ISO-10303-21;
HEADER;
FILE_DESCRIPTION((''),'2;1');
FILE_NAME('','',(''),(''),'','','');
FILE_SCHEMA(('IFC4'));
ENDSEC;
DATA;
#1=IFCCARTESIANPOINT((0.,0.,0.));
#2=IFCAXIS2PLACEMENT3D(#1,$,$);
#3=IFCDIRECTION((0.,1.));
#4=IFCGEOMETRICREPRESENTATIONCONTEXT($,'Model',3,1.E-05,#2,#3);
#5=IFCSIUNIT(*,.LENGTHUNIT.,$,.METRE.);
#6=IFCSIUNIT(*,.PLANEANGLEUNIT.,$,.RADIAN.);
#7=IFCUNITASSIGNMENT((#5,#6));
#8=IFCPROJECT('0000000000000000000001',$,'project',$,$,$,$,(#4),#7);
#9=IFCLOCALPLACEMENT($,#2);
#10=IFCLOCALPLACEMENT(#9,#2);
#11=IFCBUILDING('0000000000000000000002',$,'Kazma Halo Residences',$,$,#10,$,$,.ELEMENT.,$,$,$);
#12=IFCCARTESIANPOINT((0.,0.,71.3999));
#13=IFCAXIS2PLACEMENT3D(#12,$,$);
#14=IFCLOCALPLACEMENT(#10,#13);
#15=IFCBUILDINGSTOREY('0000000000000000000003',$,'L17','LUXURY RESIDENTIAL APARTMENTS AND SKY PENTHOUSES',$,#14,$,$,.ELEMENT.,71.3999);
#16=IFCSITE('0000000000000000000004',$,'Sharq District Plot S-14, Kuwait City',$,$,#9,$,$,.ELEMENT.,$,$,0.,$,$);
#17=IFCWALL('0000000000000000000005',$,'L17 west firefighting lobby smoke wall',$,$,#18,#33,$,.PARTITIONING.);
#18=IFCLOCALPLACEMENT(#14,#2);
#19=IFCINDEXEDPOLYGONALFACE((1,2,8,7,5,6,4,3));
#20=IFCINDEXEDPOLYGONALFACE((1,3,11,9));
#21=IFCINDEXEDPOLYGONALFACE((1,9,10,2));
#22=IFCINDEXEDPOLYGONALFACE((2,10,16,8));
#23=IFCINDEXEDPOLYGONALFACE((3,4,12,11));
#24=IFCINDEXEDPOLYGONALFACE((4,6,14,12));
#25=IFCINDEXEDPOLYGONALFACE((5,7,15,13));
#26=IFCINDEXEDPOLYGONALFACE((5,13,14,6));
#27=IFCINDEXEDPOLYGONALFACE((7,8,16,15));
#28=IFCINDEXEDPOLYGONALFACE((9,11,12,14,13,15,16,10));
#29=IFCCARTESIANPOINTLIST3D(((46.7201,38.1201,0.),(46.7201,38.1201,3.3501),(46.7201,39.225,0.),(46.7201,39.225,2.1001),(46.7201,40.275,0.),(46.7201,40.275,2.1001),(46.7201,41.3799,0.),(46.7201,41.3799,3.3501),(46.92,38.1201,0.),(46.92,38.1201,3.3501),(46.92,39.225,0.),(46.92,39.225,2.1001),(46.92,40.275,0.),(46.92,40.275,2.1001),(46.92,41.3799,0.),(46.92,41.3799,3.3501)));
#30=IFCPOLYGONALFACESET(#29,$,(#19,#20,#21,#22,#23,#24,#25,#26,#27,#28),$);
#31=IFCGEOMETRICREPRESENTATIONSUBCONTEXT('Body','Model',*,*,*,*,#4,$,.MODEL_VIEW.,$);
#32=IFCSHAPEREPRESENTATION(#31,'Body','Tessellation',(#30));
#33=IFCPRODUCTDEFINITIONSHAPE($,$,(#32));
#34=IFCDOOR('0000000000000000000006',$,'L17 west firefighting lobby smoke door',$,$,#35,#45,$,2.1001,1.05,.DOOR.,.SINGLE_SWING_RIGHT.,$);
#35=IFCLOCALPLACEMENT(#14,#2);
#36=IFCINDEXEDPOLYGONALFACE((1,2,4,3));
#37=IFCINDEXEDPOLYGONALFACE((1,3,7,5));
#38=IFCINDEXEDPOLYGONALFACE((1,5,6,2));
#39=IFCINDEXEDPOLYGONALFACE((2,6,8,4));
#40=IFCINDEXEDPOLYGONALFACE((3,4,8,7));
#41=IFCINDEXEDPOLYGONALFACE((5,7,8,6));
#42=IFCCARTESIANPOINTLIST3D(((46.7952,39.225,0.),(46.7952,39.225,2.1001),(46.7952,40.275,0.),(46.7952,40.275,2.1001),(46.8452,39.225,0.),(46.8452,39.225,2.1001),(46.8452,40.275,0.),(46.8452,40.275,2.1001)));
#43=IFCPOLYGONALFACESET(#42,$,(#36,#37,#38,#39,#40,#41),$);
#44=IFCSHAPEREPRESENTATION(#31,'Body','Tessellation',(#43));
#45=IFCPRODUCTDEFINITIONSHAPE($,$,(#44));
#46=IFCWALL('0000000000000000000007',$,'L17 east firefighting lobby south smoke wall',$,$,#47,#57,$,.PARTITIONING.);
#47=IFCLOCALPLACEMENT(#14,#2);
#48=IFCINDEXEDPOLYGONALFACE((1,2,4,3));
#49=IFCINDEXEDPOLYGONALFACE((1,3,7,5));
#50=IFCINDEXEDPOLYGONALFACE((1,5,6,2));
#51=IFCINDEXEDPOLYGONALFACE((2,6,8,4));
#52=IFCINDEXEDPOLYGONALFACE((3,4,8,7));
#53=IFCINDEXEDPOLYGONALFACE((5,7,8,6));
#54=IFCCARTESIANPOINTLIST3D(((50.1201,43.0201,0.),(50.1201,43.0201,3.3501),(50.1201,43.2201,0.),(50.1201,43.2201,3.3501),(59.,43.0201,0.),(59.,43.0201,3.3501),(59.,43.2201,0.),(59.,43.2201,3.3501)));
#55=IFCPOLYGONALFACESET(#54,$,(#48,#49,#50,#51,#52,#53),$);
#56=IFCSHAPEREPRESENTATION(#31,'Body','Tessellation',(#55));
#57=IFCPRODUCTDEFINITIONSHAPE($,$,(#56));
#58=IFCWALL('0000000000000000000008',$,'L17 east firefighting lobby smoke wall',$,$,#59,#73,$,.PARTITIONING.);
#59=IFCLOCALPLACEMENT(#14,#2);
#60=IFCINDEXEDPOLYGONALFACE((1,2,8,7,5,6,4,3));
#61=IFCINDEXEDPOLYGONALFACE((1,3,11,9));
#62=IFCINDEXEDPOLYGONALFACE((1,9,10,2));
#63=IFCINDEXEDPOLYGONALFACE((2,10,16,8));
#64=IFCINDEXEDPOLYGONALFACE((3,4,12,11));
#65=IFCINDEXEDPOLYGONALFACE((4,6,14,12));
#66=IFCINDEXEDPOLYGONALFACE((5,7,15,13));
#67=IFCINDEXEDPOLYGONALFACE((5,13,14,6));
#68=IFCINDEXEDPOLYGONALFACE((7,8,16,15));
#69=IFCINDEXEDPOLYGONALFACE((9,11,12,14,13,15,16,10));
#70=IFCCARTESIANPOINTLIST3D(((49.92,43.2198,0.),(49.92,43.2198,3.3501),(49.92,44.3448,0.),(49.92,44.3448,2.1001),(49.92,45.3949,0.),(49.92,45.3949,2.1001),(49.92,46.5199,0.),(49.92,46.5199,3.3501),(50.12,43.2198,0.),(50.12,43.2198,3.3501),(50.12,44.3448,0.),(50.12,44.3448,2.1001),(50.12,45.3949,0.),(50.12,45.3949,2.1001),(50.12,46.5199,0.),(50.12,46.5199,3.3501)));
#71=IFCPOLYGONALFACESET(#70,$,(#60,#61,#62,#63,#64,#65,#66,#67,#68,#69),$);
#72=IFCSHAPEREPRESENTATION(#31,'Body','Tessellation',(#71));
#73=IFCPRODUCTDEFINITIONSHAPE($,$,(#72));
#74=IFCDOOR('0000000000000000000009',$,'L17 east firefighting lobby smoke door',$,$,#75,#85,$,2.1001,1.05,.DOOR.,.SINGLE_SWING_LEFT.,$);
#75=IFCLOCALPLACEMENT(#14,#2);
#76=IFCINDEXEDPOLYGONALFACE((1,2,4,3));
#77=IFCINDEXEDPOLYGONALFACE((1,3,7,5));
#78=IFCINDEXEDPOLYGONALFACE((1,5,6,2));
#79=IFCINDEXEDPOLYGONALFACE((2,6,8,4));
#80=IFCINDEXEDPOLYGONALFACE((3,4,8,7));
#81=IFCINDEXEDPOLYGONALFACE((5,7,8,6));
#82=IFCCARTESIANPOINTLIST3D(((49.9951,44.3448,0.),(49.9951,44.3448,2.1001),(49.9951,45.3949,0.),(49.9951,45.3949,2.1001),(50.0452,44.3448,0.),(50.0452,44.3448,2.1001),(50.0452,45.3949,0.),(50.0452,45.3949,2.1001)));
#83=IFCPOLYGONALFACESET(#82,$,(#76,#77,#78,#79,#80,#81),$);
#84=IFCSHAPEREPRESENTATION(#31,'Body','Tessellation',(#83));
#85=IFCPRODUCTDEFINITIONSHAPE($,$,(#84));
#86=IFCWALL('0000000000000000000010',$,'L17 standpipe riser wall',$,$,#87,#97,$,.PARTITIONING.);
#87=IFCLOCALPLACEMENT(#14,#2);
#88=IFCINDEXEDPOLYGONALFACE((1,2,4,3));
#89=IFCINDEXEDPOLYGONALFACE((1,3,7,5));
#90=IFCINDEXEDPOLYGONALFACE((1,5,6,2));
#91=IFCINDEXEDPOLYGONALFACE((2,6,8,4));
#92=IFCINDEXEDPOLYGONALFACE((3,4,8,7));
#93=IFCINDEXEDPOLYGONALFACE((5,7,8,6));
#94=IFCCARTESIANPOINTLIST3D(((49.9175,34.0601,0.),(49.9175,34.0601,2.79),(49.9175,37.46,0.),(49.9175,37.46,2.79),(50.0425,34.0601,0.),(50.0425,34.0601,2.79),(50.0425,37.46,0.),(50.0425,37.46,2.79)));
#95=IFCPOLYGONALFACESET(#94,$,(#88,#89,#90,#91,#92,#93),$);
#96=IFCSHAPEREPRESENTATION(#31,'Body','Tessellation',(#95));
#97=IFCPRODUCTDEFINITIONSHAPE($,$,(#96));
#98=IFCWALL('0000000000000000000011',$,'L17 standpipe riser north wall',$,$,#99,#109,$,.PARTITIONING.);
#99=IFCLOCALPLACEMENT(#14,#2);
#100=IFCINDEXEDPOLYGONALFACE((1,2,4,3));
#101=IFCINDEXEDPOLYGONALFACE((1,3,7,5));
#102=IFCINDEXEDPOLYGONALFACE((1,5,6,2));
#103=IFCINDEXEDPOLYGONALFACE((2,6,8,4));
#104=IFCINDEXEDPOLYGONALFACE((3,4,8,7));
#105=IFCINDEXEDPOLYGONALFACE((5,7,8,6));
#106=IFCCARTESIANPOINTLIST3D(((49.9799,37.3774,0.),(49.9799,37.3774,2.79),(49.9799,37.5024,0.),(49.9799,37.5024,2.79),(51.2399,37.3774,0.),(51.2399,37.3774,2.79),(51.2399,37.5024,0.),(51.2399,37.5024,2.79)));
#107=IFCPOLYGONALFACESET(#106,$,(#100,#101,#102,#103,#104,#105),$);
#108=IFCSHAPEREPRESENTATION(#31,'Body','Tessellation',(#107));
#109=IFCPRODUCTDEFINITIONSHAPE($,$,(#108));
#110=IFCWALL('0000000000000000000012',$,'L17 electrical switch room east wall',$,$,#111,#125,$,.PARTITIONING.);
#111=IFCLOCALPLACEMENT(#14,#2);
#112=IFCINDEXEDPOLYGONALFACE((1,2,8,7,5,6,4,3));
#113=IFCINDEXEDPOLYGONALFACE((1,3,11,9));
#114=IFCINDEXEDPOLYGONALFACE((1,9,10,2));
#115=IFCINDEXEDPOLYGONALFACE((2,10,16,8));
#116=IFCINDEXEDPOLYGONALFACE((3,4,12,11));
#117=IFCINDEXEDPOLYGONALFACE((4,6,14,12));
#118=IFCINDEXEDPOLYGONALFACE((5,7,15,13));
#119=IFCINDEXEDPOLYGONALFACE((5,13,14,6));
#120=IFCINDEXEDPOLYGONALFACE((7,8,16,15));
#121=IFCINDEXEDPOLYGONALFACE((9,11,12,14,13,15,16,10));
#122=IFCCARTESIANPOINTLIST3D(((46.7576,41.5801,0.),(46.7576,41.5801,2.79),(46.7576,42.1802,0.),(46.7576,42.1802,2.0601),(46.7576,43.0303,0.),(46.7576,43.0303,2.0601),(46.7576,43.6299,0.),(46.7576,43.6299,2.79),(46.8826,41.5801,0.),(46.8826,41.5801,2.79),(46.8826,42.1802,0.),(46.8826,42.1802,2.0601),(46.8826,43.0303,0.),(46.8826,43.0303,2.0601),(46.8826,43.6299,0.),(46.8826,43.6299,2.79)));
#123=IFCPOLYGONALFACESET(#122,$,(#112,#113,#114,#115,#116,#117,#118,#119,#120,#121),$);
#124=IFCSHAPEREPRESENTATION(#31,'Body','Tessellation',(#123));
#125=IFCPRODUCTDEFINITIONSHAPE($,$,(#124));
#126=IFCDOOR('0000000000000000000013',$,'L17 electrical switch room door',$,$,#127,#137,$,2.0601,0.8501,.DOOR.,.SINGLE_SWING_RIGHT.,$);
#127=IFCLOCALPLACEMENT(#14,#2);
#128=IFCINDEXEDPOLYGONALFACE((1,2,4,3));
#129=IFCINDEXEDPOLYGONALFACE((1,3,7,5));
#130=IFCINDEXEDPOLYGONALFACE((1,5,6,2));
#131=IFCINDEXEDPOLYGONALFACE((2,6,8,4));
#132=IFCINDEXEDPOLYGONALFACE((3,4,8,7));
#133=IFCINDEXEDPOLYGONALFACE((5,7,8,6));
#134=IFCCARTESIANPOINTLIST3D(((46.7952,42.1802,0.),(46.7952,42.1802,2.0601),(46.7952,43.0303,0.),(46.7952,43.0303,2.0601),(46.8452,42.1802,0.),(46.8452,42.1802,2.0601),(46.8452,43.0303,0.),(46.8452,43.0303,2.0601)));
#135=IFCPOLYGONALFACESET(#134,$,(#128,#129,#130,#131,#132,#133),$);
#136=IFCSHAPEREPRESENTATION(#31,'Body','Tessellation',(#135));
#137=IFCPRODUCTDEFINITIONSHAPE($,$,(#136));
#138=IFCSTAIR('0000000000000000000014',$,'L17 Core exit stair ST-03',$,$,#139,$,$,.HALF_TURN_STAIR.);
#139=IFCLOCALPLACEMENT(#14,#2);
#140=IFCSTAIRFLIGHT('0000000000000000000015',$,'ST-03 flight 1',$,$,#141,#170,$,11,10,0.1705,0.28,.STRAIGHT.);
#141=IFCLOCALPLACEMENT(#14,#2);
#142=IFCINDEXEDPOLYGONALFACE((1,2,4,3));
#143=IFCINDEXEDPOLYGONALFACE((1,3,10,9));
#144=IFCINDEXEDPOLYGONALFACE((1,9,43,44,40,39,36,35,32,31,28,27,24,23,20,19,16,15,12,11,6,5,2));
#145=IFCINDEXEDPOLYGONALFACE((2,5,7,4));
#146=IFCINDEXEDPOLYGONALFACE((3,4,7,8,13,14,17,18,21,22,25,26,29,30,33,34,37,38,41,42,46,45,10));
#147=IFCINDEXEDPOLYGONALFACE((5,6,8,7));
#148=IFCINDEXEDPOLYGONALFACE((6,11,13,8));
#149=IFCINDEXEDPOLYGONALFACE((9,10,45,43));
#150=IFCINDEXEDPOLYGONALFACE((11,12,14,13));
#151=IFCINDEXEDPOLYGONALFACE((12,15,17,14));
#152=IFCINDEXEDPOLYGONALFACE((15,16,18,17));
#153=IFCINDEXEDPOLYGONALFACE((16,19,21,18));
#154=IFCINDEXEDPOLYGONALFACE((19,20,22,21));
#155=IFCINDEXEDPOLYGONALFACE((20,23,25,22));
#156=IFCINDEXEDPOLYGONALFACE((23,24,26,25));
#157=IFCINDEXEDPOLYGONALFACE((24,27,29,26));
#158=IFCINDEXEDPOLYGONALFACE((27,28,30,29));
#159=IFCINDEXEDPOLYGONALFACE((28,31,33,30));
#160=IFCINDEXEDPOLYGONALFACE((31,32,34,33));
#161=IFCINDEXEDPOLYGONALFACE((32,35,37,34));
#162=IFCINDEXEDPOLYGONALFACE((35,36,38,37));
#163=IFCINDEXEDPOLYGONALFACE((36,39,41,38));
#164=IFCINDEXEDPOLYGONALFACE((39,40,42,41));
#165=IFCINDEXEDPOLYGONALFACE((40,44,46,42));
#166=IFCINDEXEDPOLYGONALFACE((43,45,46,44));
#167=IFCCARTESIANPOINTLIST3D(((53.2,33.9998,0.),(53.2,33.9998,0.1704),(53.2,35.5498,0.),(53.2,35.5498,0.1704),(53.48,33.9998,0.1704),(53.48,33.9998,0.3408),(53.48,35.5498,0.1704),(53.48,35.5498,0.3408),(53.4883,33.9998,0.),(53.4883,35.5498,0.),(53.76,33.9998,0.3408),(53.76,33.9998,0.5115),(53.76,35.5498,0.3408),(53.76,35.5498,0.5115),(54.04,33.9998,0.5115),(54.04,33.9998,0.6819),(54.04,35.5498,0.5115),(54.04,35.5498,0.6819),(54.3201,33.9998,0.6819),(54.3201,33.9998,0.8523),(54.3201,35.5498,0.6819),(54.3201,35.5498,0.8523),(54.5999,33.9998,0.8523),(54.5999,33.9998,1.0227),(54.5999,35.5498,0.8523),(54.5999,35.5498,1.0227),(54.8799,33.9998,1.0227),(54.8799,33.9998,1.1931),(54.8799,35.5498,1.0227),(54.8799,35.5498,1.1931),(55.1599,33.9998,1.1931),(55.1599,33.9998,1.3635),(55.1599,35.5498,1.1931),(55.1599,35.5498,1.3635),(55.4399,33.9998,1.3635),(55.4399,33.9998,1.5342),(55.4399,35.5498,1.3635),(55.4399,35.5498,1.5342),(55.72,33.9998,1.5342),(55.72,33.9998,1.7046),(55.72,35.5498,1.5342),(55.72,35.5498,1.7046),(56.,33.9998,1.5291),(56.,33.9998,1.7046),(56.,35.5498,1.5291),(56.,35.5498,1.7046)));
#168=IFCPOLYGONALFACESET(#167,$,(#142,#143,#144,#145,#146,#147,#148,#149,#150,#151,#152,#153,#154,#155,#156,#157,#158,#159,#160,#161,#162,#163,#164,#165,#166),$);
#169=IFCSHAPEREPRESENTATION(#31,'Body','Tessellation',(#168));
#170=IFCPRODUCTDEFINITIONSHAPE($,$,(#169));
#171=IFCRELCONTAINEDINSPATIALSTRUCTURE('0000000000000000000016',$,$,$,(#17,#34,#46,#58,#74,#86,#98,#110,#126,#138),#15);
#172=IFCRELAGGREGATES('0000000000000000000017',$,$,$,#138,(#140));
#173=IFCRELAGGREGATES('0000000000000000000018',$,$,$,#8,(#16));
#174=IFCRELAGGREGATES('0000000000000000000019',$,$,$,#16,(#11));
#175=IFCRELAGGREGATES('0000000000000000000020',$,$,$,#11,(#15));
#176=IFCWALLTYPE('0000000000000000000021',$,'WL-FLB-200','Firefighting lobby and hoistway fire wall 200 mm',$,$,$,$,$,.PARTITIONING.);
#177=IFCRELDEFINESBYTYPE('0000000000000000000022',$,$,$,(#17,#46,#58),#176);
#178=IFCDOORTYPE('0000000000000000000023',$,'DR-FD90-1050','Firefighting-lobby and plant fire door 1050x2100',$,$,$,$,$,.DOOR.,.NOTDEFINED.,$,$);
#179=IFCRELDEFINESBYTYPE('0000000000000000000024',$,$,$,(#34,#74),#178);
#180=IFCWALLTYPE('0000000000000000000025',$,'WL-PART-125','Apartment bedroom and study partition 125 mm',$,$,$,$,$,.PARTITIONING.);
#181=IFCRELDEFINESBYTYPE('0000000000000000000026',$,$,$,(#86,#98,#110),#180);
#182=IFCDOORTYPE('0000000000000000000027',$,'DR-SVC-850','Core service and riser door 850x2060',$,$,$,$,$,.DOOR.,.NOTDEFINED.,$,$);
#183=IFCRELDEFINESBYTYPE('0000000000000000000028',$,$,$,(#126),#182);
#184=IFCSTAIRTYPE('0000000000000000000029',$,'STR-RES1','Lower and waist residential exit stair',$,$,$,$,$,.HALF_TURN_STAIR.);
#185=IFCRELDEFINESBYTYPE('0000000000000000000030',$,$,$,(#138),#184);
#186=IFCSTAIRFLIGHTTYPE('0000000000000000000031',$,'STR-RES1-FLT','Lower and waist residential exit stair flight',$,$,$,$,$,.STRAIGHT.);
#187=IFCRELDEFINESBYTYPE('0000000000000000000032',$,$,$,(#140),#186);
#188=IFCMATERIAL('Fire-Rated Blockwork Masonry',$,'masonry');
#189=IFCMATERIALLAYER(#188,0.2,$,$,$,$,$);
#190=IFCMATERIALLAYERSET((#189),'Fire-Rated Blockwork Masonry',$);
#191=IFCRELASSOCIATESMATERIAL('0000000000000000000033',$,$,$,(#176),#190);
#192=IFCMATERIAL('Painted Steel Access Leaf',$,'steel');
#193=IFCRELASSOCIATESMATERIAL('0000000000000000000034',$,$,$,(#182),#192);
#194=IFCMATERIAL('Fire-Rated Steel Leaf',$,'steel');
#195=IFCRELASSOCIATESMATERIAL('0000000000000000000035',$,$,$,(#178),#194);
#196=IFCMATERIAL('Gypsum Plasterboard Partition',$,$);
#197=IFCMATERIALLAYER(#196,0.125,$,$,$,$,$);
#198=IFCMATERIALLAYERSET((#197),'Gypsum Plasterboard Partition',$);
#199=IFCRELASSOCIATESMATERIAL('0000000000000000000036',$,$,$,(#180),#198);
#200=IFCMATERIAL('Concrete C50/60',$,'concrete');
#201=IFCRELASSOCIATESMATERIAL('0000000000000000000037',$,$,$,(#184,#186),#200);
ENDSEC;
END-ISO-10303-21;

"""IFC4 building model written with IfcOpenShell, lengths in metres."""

from ifc_helpers import new_model, si_unit, direction, frame, frame_2d, origin, place, context, subcontext, project, spatial, polyline, rectangle, outline, extrude, material, layer, layer_set, type_object, element, fill, aggregate, save


model = new_model("IFC4")

# Units and contexts
model_context = context("Model", 3, precision=1e-05, world=origin(), true_north=direction((0.0, 1.0)))
body_context = subcontext(model_context, "Body", "Model", "MODEL_VIEW")
ifc_project = project(units=[si_unit("LENGTHUNIT", "METRE"), si_unit("PLANEANGLEUNIT", "RADIAN")], contexts=[model_context])

# Site, building, storey
site_placement = place(None, origin())
site = spatial("IfcSite", under=ifc_project, at=site_placement, Name="Sharq District Plot S-14, Kuwait City", CompositionType="ELEMENT", RefElevation=0.0)
building_placement = place(site_placement, origin())
building = spatial("IfcBuilding", under=site, at=building_placement, Name="Kazma Halo Residences", CompositionType="ELEMENT")
storey_placement = place(building_placement, frame((0.0, 0.0, 71.3999)))
storey = spatial("IfcBuildingStorey", under=building, at=storey_placement, Name="L17", Description="LUXURY RESIDENTIAL APARTMENTS AND SKY PENTHOUSES", CompositionType="ELEMENT", Elevation=71.3999)

# Shared definitions
ifc_material_1 = material(Name="Fire-Rated Blockwork Masonry", Category="masonry")
ifc_layer_1 = layer(ifc_material_1, 0.2)
ifc_layer_set_1 = layer_set([ifc_layer_1], Name="Fire-Rated Blockwork Masonry")
wall_type_1 = type_object("IfcWallType", Name="WL-FLB-200", Description="Firefighting lobby and hoistway fire wall 200 mm", PredefinedType="PARTITIONING", material=ifc_layer_set_1)

# Wall, opening, door
ifc_material_2 = material(Name="Painted Steel Access Leaf", Category="steel")
door_type_1 = type_object("IfcDoorType", Name="DR-SVC-850", Description="Core service and riser door 850x2060", OperationType="NOTDEFINED", PredefinedType="DOOR", material=ifc_material_2)
wall_1_placement = place(storey_placement, frame((46.8201, 38.1201, 0.0), z_axis=(0.0, 0.0, 1.0), x_axis=(0.0, 1.0, 0.0)))
wall_1 = element("IfcWall", 1, at=wall_1_placement, inside=storey, type_object=wall_type_1, Name="L17 west firefighting lobby smoke wall", PredefinedType="PARTITIONING", context=body_context, shape_type="SweptSolid", body=[
    extrude(rectangle(XDim=3.2598, YDim=0.2, at=frame_2d((1.6299, 0.0))), origin(), (0.0, 0.0, 1.0), 3.3501),
])
opening_1_placement = place(wall_1_placement, frame((1.105, 0.0, 0.0)))
opening_1 = element("IfcOpeningElement", 2, at=opening_1_placement, cuts=wall_1, PredefinedType="OPENING", context=body_context, shape_type="SweptSolid", body=[
    extrude(rectangle(XDim=1.05, YDim=2.1001, at=frame_2d((0.5249, 1.05))), frame((0.0, 0.1099, 0.0), z_axis=(0.0, -1.0, 0.0), x_axis=(1.0, 0.0, 0.0)), (0.0, 0.0, 1.0), 0.22),
])
ifc_material_3 = material(Name="Fire-Rated Steel Leaf", Category="steel")
door_type_2 = type_object("IfcDoorType", Name="DR-FD90-1050", Description="Firefighting-lobby and plant fire door 1050x2100", OperationType="NOTDEFINED", PredefinedType="DOOR", material=ifc_material_3)
door_1_placement = place(opening_1_placement, origin())
door_1 = element("IfcDoor", 3, at=door_1_placement, inside=storey, type_object=door_type_2, Name="L17 west firefighting lobby smoke door", OperationType="SINGLE_SWING_RIGHT", OverallHeight=2.1001, OverallWidth=1.05, PredefinedType="DOOR", context=body_context, shape_type="SweptSolid", body=[
    extrude(rectangle(XDim=1.05, YDim=2.1001, at=frame_2d((0.5249, 1.05))), frame((0.0, 0.0249, 0.0), z_axis=(0.0, -1.0, 0.0), x_axis=(1.0, 0.0, 0.0)), (0.0, 0.0, 1.0), 0.05),
])
fill(opening_1, door_1)

# Wall
wall_2_placement = place(storey_placement, frame((50.1201, 43.1201, 0.0), z_axis=(0.0, 0.0, 1.0), x_axis=(1.0, 0.0, 0.0)))
element("IfcWall", 4, at=wall_2_placement, inside=storey, type_object=wall_type_1, Name="L17 east firefighting lobby south smoke wall", PredefinedType="PARTITIONING", context=body_context, shape_type="SweptSolid", body=[
    extrude(rectangle(XDim=8.8799, YDim=0.2, at=frame_2d((4.4399, 0.0))), origin(), (0.0, 0.0, 1.0), 3.3501),
])

# Wall, opening, door
wall_3_placement = place(storey_placement, frame((50.02, 43.22, 0.0), z_axis=(0.0, 0.0, 1.0), x_axis=(0.0, 1.0, 0.0)))
wall_3 = element("IfcWall", 5, at=wall_3_placement, inside=storey, type_object=wall_type_1, Name="L17 east firefighting lobby smoke wall", PredefinedType="PARTITIONING", context=body_context, shape_type="SweptSolid", body=[
    extrude(rectangle(XDim=3.3, YDim=0.2, at=frame_2d((1.6499, 0.0))), origin(), (0.0, 0.0, 1.0), 3.3501),
])
opening_2_placement = place(wall_3_placement, frame((1.125, 0.0, 0.0)))
opening_2 = element("IfcOpeningElement", 6, at=opening_2_placement, cuts=wall_3, PredefinedType="OPENING", context=body_context, shape_type="SweptSolid", body=[
    extrude(rectangle(XDim=1.05, YDim=2.1001, at=frame_2d((0.5249, 1.05))), frame((0.0, 0.1099, 0.0), z_axis=(0.0, -1.0, 0.0), x_axis=(1.0, 0.0, 0.0)), (0.0, 0.0, 1.0), 0.22),
])
door_2_placement = place(opening_2_placement, origin())
door_2 = element("IfcDoor", 7, at=door_2_placement, inside=storey, type_object=door_type_2, Name="L17 east firefighting lobby smoke door", OperationType="SINGLE_SWING_LEFT", OverallHeight=2.1001, OverallWidth=1.05, PredefinedType="DOOR", context=body_context, shape_type="SweptSolid", body=[
    extrude(rectangle(XDim=1.05, YDim=2.1001, at=frame_2d((0.5249, 1.05))), frame((0.0, 0.0249, 0.0), z_axis=(0.0, -1.0, 0.0), x_axis=(1.0, 0.0, 0.0)), (0.0, 0.0, 1.0), 0.05),
])
fill(opening_2, door_2)

# Walls
ifc_material_4 = material(Name="Gypsum Plasterboard Partition")
ifc_layer_2 = layer(ifc_material_4, 0.125)
ifc_layer_set_2 = layer_set([ifc_layer_2], Name="Gypsum Plasterboard Partition")
wall_type_2 = type_object("IfcWallType", Name="WL-PART-125", Description="Apartment bedroom and study partition 125 mm", PredefinedType="PARTITIONING", material=ifc_layer_set_2)
wall_4_placement = place(storey_placement, frame((49.98, 34.0601, 0.0), z_axis=(0.0, 0.0, 1.0), x_axis=(0.0, 1.0, 0.0)))
element("IfcWall", 8, at=wall_4_placement, inside=storey, type_object=wall_type_2, Name="L17 standpipe riser wall", PredefinedType="PARTITIONING", context=body_context, shape_type="SweptSolid", body=[
    extrude(rectangle(XDim=3.3999, YDim=0.125, at=frame_2d((1.7, 0.0))), origin(), (0.0, 0.0, 1.0), 2.79),
])
wall_5_placement = place(storey_placement, frame((49.98, 37.4399, 0.0), z_axis=(0.0, 0.0, 1.0), x_axis=(1.0, 0.0, 0.0)))
element("IfcWall", 9, at=wall_5_placement, inside=storey, type_object=wall_type_2, Name="L17 standpipe riser north wall", PredefinedType="PARTITIONING", context=body_context, shape_type="SweptSolid", body=[
    extrude(rectangle(XDim=1.26, YDim=0.125, at=frame_2d((0.6299, 0.0))), origin(), (0.0, 0.0, 1.0), 2.79),
])

# Wall, opening, door
wall_6_placement = place(storey_placement, frame((46.8201, 41.5801, 0.0), z_axis=(0.0, 0.0, 1.0), x_axis=(0.0, 1.0, 0.0)))
wall_6 = element("IfcWall", 10, at=wall_6_placement, inside=storey, type_object=wall_type_2, Name="L17 electrical switch room east wall", PredefinedType="PARTITIONING", context=body_context, shape_type="SweptSolid", body=[
    extrude(rectangle(XDim=2.0498, YDim=0.125, at=frame_2d((1.0249, 0.0))), origin(), (0.0, 0.0, 1.0), 2.79),
])
opening_3_placement = place(wall_6_placement, frame((0.6001, 0.0, 0.0)))
opening_3 = element("IfcOpeningElement", 11, at=opening_3_placement, cuts=wall_6, PredefinedType="OPENING", context=body_context, shape_type="SweptSolid", body=[
    extrude(rectangle(XDim=0.8501, YDim=2.0601, at=frame_2d((0.425, 1.03))), frame((0.0, 0.0725, 0.0), z_axis=(0.0, -1.0, 0.0), x_axis=(1.0, 0.0, 0.0)), (0.0, 0.0, 1.0), 0.145),
])
door_3_placement = place(opening_3_placement, origin())
door_3 = element("IfcDoor", 12, at=door_3_placement, inside=storey, type_object=door_type_1, Name="L17 electrical switch room door", OperationType="SINGLE_SWING_RIGHT", OverallHeight=2.0601, OverallWidth=0.8501, PredefinedType="DOOR", context=body_context, shape_type="SweptSolid", body=[
    extrude(rectangle(XDim=0.8501, YDim=2.0601, at=frame_2d((0.425, 1.03))), frame((0.0, 0.0249, 0.0), z_axis=(0.0, -1.0, 0.0), x_axis=(1.0, 0.0, 0.0)), (0.0, 0.0, 1.0), 0.05),
])
fill(opening_3, door_3)
ifc_material_5 = material(Name="Concrete C50/60", Category="concrete")

# Stair, stair flight
stair_type = type_object("IfcStairType", Name="STR-RES1", Description="Lower and waist residential exit stair", PredefinedType="HALF_TURN_STAIR", material=ifc_material_5)
stair_placement = place(storey_placement, origin())
stair = element("IfcStair", 13, at=stair_placement, inside=storey, type_object=stair_type, Name="L17 Core exit stair ST-03", PredefinedType="HALF_TURN_STAIR")
stair_flight_type = type_object("IfcStairFlightType", Name="STR-RES1-FLT", Description="Lower and waist residential exit stair flight", PredefinedType="STRAIGHT", material=ifc_material_5)
stair_flight_1_placement = place(storey_placement, frame((53.2, 34.7749, 0.0), z_axis=(0.0, 0.0, 1.0), x_axis=(1.0, 0.0, 0.0)))
stair_flight_1 = element("IfcStairFlight", 14, at=stair_flight_1_placement, type_object=stair_flight_type, Name="ST-03 flight 1", NumberOfRisers=11, NumberOfTreads=10, PredefinedType="STRAIGHT", RiserHeight=0.1705, TreadLength=0.28, context=body_context, shape_type="SweptSolid", body=[
    extrude(outline(polyline([(0.0, 0.0), (0.0, 0.1704), (0.28, 0.1704), (0.28, 0.3408), (0.5601, 0.3408), (0.5601, 0.5115), (0.8401, 0.5115), (0.8401, 0.6819), (1.1201, 0.6819), (1.1201, 0.8523), (1.3999, 0.8523), (1.3999, 1.0227), (1.6799, 1.0227), (1.6799, 1.1931), (1.96, 1.1931), (1.96, 1.3635), (2.24, 1.3635), (2.24, 1.5342), (2.52, 1.5342), (2.52, 1.7046), (2.8, 1.7046), (2.8, 1.875), (2.8, 1.5291), (0.2883, 0.0), (0.0, 0.0)])), frame((0.0, 0.7749, 0.0), z_axis=(0.0, -1.0, 0.0), x_axis=(1.0, 0.0, 0.0)), (0.0, 0.0, 1.0), 1.55),
])
aggregate(stair, [stair_flight_1])

save(model, "model.ifc")
